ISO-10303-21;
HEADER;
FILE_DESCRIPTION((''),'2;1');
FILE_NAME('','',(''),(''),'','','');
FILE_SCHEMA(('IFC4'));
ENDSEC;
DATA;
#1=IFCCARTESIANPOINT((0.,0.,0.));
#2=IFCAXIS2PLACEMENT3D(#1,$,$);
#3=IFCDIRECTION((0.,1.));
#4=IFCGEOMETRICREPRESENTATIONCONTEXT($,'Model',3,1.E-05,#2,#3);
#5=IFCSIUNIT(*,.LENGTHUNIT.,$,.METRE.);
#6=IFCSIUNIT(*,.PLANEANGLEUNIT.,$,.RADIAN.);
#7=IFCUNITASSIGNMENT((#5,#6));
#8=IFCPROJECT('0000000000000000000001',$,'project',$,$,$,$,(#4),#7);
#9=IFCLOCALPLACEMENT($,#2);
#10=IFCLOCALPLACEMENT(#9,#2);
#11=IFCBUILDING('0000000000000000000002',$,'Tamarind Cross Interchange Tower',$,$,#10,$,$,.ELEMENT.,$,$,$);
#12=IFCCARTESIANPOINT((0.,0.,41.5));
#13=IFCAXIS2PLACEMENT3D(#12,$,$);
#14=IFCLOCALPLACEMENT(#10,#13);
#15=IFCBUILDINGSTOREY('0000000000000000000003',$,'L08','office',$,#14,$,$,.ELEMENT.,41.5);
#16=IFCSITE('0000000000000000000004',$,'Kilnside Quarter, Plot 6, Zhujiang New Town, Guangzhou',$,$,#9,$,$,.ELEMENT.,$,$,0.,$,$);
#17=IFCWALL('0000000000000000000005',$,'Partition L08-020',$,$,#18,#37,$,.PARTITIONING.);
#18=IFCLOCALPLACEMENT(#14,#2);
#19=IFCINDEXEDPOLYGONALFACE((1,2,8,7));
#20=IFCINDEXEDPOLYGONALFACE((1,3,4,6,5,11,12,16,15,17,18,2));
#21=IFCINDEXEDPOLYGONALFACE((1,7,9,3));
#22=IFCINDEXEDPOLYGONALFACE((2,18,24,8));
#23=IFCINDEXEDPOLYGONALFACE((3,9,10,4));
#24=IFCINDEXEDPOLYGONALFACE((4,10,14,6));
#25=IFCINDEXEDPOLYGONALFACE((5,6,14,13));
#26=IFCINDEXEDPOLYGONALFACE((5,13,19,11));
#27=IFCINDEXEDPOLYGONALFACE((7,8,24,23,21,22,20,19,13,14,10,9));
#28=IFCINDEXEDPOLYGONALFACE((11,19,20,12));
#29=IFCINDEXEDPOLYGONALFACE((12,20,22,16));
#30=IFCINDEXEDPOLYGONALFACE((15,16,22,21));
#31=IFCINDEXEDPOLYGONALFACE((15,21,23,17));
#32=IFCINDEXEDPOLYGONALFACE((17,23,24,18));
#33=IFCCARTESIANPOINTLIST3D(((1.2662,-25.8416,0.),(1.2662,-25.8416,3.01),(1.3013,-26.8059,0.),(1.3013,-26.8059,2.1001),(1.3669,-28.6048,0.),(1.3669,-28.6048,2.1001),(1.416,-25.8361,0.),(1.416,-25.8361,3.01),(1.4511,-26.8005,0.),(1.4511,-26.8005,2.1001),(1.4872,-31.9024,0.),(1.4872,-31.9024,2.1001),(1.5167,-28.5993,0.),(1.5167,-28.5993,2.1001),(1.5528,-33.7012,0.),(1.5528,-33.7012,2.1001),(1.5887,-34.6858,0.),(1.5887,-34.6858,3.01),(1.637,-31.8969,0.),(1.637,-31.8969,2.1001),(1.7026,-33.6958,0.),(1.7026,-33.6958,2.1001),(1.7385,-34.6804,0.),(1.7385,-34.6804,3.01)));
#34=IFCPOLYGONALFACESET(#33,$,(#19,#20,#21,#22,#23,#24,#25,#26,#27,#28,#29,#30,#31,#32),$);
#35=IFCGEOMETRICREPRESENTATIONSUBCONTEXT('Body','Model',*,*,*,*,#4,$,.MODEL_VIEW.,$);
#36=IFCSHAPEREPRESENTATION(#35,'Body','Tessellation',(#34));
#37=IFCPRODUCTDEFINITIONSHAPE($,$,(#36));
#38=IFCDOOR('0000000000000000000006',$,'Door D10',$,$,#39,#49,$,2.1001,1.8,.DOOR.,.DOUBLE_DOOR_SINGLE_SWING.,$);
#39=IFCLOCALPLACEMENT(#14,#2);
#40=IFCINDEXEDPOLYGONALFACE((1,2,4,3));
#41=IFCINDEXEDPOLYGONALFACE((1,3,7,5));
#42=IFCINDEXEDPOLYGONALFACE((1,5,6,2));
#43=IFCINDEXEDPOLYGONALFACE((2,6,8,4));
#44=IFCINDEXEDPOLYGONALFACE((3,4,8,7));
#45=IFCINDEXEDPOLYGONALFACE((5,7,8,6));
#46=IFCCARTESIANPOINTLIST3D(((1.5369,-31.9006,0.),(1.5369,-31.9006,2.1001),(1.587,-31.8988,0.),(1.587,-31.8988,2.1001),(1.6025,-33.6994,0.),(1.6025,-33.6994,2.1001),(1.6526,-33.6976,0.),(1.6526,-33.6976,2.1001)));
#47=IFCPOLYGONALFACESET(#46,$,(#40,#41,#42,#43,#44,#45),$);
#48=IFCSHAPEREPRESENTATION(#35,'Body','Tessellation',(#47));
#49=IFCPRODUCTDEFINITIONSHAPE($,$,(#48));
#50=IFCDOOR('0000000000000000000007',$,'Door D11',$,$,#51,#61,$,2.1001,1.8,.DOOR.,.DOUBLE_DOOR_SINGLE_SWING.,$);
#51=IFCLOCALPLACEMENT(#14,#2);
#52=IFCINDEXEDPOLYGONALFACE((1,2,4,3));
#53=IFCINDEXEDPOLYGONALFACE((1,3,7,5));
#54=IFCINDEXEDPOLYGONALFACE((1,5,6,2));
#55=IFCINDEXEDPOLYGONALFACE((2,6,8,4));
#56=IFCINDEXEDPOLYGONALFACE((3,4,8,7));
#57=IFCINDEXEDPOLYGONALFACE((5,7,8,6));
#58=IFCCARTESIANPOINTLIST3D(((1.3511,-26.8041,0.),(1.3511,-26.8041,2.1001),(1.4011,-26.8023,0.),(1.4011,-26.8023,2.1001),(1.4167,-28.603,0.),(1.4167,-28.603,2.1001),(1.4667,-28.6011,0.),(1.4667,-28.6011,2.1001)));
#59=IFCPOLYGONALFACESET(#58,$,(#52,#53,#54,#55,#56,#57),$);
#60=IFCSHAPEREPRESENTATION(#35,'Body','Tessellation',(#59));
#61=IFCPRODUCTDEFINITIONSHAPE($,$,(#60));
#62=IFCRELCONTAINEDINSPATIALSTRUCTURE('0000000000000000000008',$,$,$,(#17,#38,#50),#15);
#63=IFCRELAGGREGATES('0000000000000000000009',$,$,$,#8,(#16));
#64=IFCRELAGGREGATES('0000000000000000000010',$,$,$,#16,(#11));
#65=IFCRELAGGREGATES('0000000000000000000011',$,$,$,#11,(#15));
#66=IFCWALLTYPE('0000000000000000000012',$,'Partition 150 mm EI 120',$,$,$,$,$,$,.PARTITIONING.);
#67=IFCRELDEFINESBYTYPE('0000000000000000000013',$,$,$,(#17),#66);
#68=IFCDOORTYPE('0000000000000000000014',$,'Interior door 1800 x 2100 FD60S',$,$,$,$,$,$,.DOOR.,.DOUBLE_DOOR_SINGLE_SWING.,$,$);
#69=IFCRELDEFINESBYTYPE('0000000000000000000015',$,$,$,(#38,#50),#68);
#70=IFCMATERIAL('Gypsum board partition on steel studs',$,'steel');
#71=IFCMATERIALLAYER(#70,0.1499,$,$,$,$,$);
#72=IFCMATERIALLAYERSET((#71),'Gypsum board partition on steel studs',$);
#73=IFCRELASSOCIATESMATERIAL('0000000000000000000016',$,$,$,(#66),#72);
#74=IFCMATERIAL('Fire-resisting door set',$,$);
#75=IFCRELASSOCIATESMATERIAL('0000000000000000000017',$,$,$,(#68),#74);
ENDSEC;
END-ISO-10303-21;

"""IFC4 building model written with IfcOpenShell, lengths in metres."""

from ifc_helpers import new_model, si_unit, direction, frame, frame_2d, origin, place, context, subcontext, project, spatial, rectangle, extrude, material, layer, layer_set, type_object, element, fill, save


model = new_model("IFC4")

# Units and contexts
model_context = context("Model", 3, precision=1e-05, world=origin(), true_north=direction((0.0, 1.0)))
body_context = subcontext(model_context, "Body", "Model", "MODEL_VIEW")
ifc_project = project(units=[si_unit("LENGTHUNIT", "METRE"), si_unit("PLANEANGLEUNIT", "RADIAN")], contexts=[model_context])

# Site, building, storey
site_placement = place(None, origin())
site = spatial("IfcSite", under=ifc_project, at=site_placement, Name="Kilnside Quarter, Plot 6, Zhujiang New Town, Guangzhou", CompositionType="ELEMENT", RefElevation=0.0)
building_placement = place(site_placement, origin())
building = spatial("IfcBuilding", under=site, at=building_placement, Name="Tamarind Cross Interchange Tower", CompositionType="ELEMENT")
storey_placement = place(building_placement, frame((0.0, 0.0, 41.5)))
storey = spatial("IfcBuildingStorey", under=building, at=storey_placement, Name="L08", Description="office", CompositionType="ELEMENT", Elevation=41.5)

# Shared definitions
ifc_material_1 = material(Name="Gypsum board partition on steel studs", Category="steel")

# Wall, openings, doors
ifc_layer_1 = layer(ifc_material_1, 0.1499)
ifc_layer_set_1 = layer_set([ifc_layer_1], Name="Gypsum board partition on steel studs")
wall_type_1 = type_object("IfcWallType", Name="Partition 150 mm EI 120", PredefinedType="PARTITIONING", material=ifc_layer_set_1)
wall_1_placement = place(storey_placement, frame((1.3411, -25.8389, 0.0), z_axis=(0.0, 0.0, 1.0), x_axis=(0.036441, -0.999336, 0.0)))
wall_1 = element("IfcWall", 1, at=wall_1_placement, inside=storey, type_object=wall_type_1, Name="Partition L08-020", PredefinedType="PARTITIONING", context=body_context, shape_type="SweptSolid", body=[
    extrude(rectangle(XDim=8.8501, YDim=0.1499, at=frame_2d((4.425, 0.0))), origin(), (0.0, 0.0, 1.0), 3.01),
])
opening_1_placement = place(wall_1_placement, frame((6.0649, 0.0, 0.0)))
opening_1 = element("IfcOpeningElement", 2, at=opening_1_placement, cuts=wall_1, PredefinedType="OPENING", context=body_context, shape_type="SweptSolid", body=[
    extrude(rectangle(XDim=1.8, YDim=2.1001, at=frame_2d((0.8999, 1.05))), frame((0.0, 0.085, 0.0), z_axis=(0.0, -1.0, 0.0), x_axis=(1.0, 0.0, 0.0)), (0.0, 0.0, 1.0), 0.1699),
])
opening_2_placement = place(wall_1_placement, frame((0.9651, 0.0, 0.0)))
opening_2 = element("IfcOpeningElement", 3, at=opening_2_placement, cuts=wall_1, PredefinedType="OPENING", context=body_context, shape_type="SweptSolid", body=[
    extrude(rectangle(XDim=1.8, YDim=2.1001, at=frame_2d((0.8999, 1.05))), frame((0.0, 0.085, 0.0), z_axis=(0.0, -1.0, 0.0), x_axis=(1.0, 0.0, 0.0)), (0.0, 0.0, 1.0), 0.1699),
])
ifc_material_2 = material(Name="Fire-resisting door set")
door_type = type_object("IfcDoorType", Name="Interior door 1800 x 2100 FD60S", OperationType="DOUBLE_DOOR_SINGLE_SWING", PredefinedType="DOOR", material=ifc_material_2)
door_1_placement = place(opening_1_placement, origin())
door_1 = element("IfcDoor", 4, at=door_1_placement, inside=storey, type_object=door_type, Name="Door D10", OperationType="DOUBLE_DOOR_SINGLE_SWING", OverallHeight=2.1001, OverallWidth=1.8, PredefinedType="DOOR", context=body_context, shape_type="SweptSolid", body=[
    extrude(rectangle(XDim=1.8, YDim=2.1001, at=frame_2d((0.8999, 1.05))), frame((0.0, 0.0249, 0.0), z_axis=(0.0, -1.0, 0.0), x_axis=(1.0, 0.0, 0.0)), (0.0, 0.0, 1.0), 0.05),
])
fill(opening_1, door_1)
door_2_placement = place(opening_2_placement, origin())
door_2 = element("IfcDoor", 5, at=door_2_placement, inside=storey, type_object=door_type, Name="Door D11", OperationType="DOUBLE_DOOR_SINGLE_SWING", OverallHeight=2.1001, OverallWidth=1.8, PredefinedType="DOOR", context=body_context, shape_type="SweptSolid", body=[
    extrude(rectangle(XDim=1.8, YDim=2.1001, at=frame_2d((0.8999, 1.05))), frame((0.0, 0.0249, 0.0), z_axis=(0.0, -1.0, 0.0), x_axis=(1.0, 0.0, 0.0)), (0.0, 0.0, 1.0), 0.05),
])
fill(opening_2, door_2)

save(model, "model.ifc")
